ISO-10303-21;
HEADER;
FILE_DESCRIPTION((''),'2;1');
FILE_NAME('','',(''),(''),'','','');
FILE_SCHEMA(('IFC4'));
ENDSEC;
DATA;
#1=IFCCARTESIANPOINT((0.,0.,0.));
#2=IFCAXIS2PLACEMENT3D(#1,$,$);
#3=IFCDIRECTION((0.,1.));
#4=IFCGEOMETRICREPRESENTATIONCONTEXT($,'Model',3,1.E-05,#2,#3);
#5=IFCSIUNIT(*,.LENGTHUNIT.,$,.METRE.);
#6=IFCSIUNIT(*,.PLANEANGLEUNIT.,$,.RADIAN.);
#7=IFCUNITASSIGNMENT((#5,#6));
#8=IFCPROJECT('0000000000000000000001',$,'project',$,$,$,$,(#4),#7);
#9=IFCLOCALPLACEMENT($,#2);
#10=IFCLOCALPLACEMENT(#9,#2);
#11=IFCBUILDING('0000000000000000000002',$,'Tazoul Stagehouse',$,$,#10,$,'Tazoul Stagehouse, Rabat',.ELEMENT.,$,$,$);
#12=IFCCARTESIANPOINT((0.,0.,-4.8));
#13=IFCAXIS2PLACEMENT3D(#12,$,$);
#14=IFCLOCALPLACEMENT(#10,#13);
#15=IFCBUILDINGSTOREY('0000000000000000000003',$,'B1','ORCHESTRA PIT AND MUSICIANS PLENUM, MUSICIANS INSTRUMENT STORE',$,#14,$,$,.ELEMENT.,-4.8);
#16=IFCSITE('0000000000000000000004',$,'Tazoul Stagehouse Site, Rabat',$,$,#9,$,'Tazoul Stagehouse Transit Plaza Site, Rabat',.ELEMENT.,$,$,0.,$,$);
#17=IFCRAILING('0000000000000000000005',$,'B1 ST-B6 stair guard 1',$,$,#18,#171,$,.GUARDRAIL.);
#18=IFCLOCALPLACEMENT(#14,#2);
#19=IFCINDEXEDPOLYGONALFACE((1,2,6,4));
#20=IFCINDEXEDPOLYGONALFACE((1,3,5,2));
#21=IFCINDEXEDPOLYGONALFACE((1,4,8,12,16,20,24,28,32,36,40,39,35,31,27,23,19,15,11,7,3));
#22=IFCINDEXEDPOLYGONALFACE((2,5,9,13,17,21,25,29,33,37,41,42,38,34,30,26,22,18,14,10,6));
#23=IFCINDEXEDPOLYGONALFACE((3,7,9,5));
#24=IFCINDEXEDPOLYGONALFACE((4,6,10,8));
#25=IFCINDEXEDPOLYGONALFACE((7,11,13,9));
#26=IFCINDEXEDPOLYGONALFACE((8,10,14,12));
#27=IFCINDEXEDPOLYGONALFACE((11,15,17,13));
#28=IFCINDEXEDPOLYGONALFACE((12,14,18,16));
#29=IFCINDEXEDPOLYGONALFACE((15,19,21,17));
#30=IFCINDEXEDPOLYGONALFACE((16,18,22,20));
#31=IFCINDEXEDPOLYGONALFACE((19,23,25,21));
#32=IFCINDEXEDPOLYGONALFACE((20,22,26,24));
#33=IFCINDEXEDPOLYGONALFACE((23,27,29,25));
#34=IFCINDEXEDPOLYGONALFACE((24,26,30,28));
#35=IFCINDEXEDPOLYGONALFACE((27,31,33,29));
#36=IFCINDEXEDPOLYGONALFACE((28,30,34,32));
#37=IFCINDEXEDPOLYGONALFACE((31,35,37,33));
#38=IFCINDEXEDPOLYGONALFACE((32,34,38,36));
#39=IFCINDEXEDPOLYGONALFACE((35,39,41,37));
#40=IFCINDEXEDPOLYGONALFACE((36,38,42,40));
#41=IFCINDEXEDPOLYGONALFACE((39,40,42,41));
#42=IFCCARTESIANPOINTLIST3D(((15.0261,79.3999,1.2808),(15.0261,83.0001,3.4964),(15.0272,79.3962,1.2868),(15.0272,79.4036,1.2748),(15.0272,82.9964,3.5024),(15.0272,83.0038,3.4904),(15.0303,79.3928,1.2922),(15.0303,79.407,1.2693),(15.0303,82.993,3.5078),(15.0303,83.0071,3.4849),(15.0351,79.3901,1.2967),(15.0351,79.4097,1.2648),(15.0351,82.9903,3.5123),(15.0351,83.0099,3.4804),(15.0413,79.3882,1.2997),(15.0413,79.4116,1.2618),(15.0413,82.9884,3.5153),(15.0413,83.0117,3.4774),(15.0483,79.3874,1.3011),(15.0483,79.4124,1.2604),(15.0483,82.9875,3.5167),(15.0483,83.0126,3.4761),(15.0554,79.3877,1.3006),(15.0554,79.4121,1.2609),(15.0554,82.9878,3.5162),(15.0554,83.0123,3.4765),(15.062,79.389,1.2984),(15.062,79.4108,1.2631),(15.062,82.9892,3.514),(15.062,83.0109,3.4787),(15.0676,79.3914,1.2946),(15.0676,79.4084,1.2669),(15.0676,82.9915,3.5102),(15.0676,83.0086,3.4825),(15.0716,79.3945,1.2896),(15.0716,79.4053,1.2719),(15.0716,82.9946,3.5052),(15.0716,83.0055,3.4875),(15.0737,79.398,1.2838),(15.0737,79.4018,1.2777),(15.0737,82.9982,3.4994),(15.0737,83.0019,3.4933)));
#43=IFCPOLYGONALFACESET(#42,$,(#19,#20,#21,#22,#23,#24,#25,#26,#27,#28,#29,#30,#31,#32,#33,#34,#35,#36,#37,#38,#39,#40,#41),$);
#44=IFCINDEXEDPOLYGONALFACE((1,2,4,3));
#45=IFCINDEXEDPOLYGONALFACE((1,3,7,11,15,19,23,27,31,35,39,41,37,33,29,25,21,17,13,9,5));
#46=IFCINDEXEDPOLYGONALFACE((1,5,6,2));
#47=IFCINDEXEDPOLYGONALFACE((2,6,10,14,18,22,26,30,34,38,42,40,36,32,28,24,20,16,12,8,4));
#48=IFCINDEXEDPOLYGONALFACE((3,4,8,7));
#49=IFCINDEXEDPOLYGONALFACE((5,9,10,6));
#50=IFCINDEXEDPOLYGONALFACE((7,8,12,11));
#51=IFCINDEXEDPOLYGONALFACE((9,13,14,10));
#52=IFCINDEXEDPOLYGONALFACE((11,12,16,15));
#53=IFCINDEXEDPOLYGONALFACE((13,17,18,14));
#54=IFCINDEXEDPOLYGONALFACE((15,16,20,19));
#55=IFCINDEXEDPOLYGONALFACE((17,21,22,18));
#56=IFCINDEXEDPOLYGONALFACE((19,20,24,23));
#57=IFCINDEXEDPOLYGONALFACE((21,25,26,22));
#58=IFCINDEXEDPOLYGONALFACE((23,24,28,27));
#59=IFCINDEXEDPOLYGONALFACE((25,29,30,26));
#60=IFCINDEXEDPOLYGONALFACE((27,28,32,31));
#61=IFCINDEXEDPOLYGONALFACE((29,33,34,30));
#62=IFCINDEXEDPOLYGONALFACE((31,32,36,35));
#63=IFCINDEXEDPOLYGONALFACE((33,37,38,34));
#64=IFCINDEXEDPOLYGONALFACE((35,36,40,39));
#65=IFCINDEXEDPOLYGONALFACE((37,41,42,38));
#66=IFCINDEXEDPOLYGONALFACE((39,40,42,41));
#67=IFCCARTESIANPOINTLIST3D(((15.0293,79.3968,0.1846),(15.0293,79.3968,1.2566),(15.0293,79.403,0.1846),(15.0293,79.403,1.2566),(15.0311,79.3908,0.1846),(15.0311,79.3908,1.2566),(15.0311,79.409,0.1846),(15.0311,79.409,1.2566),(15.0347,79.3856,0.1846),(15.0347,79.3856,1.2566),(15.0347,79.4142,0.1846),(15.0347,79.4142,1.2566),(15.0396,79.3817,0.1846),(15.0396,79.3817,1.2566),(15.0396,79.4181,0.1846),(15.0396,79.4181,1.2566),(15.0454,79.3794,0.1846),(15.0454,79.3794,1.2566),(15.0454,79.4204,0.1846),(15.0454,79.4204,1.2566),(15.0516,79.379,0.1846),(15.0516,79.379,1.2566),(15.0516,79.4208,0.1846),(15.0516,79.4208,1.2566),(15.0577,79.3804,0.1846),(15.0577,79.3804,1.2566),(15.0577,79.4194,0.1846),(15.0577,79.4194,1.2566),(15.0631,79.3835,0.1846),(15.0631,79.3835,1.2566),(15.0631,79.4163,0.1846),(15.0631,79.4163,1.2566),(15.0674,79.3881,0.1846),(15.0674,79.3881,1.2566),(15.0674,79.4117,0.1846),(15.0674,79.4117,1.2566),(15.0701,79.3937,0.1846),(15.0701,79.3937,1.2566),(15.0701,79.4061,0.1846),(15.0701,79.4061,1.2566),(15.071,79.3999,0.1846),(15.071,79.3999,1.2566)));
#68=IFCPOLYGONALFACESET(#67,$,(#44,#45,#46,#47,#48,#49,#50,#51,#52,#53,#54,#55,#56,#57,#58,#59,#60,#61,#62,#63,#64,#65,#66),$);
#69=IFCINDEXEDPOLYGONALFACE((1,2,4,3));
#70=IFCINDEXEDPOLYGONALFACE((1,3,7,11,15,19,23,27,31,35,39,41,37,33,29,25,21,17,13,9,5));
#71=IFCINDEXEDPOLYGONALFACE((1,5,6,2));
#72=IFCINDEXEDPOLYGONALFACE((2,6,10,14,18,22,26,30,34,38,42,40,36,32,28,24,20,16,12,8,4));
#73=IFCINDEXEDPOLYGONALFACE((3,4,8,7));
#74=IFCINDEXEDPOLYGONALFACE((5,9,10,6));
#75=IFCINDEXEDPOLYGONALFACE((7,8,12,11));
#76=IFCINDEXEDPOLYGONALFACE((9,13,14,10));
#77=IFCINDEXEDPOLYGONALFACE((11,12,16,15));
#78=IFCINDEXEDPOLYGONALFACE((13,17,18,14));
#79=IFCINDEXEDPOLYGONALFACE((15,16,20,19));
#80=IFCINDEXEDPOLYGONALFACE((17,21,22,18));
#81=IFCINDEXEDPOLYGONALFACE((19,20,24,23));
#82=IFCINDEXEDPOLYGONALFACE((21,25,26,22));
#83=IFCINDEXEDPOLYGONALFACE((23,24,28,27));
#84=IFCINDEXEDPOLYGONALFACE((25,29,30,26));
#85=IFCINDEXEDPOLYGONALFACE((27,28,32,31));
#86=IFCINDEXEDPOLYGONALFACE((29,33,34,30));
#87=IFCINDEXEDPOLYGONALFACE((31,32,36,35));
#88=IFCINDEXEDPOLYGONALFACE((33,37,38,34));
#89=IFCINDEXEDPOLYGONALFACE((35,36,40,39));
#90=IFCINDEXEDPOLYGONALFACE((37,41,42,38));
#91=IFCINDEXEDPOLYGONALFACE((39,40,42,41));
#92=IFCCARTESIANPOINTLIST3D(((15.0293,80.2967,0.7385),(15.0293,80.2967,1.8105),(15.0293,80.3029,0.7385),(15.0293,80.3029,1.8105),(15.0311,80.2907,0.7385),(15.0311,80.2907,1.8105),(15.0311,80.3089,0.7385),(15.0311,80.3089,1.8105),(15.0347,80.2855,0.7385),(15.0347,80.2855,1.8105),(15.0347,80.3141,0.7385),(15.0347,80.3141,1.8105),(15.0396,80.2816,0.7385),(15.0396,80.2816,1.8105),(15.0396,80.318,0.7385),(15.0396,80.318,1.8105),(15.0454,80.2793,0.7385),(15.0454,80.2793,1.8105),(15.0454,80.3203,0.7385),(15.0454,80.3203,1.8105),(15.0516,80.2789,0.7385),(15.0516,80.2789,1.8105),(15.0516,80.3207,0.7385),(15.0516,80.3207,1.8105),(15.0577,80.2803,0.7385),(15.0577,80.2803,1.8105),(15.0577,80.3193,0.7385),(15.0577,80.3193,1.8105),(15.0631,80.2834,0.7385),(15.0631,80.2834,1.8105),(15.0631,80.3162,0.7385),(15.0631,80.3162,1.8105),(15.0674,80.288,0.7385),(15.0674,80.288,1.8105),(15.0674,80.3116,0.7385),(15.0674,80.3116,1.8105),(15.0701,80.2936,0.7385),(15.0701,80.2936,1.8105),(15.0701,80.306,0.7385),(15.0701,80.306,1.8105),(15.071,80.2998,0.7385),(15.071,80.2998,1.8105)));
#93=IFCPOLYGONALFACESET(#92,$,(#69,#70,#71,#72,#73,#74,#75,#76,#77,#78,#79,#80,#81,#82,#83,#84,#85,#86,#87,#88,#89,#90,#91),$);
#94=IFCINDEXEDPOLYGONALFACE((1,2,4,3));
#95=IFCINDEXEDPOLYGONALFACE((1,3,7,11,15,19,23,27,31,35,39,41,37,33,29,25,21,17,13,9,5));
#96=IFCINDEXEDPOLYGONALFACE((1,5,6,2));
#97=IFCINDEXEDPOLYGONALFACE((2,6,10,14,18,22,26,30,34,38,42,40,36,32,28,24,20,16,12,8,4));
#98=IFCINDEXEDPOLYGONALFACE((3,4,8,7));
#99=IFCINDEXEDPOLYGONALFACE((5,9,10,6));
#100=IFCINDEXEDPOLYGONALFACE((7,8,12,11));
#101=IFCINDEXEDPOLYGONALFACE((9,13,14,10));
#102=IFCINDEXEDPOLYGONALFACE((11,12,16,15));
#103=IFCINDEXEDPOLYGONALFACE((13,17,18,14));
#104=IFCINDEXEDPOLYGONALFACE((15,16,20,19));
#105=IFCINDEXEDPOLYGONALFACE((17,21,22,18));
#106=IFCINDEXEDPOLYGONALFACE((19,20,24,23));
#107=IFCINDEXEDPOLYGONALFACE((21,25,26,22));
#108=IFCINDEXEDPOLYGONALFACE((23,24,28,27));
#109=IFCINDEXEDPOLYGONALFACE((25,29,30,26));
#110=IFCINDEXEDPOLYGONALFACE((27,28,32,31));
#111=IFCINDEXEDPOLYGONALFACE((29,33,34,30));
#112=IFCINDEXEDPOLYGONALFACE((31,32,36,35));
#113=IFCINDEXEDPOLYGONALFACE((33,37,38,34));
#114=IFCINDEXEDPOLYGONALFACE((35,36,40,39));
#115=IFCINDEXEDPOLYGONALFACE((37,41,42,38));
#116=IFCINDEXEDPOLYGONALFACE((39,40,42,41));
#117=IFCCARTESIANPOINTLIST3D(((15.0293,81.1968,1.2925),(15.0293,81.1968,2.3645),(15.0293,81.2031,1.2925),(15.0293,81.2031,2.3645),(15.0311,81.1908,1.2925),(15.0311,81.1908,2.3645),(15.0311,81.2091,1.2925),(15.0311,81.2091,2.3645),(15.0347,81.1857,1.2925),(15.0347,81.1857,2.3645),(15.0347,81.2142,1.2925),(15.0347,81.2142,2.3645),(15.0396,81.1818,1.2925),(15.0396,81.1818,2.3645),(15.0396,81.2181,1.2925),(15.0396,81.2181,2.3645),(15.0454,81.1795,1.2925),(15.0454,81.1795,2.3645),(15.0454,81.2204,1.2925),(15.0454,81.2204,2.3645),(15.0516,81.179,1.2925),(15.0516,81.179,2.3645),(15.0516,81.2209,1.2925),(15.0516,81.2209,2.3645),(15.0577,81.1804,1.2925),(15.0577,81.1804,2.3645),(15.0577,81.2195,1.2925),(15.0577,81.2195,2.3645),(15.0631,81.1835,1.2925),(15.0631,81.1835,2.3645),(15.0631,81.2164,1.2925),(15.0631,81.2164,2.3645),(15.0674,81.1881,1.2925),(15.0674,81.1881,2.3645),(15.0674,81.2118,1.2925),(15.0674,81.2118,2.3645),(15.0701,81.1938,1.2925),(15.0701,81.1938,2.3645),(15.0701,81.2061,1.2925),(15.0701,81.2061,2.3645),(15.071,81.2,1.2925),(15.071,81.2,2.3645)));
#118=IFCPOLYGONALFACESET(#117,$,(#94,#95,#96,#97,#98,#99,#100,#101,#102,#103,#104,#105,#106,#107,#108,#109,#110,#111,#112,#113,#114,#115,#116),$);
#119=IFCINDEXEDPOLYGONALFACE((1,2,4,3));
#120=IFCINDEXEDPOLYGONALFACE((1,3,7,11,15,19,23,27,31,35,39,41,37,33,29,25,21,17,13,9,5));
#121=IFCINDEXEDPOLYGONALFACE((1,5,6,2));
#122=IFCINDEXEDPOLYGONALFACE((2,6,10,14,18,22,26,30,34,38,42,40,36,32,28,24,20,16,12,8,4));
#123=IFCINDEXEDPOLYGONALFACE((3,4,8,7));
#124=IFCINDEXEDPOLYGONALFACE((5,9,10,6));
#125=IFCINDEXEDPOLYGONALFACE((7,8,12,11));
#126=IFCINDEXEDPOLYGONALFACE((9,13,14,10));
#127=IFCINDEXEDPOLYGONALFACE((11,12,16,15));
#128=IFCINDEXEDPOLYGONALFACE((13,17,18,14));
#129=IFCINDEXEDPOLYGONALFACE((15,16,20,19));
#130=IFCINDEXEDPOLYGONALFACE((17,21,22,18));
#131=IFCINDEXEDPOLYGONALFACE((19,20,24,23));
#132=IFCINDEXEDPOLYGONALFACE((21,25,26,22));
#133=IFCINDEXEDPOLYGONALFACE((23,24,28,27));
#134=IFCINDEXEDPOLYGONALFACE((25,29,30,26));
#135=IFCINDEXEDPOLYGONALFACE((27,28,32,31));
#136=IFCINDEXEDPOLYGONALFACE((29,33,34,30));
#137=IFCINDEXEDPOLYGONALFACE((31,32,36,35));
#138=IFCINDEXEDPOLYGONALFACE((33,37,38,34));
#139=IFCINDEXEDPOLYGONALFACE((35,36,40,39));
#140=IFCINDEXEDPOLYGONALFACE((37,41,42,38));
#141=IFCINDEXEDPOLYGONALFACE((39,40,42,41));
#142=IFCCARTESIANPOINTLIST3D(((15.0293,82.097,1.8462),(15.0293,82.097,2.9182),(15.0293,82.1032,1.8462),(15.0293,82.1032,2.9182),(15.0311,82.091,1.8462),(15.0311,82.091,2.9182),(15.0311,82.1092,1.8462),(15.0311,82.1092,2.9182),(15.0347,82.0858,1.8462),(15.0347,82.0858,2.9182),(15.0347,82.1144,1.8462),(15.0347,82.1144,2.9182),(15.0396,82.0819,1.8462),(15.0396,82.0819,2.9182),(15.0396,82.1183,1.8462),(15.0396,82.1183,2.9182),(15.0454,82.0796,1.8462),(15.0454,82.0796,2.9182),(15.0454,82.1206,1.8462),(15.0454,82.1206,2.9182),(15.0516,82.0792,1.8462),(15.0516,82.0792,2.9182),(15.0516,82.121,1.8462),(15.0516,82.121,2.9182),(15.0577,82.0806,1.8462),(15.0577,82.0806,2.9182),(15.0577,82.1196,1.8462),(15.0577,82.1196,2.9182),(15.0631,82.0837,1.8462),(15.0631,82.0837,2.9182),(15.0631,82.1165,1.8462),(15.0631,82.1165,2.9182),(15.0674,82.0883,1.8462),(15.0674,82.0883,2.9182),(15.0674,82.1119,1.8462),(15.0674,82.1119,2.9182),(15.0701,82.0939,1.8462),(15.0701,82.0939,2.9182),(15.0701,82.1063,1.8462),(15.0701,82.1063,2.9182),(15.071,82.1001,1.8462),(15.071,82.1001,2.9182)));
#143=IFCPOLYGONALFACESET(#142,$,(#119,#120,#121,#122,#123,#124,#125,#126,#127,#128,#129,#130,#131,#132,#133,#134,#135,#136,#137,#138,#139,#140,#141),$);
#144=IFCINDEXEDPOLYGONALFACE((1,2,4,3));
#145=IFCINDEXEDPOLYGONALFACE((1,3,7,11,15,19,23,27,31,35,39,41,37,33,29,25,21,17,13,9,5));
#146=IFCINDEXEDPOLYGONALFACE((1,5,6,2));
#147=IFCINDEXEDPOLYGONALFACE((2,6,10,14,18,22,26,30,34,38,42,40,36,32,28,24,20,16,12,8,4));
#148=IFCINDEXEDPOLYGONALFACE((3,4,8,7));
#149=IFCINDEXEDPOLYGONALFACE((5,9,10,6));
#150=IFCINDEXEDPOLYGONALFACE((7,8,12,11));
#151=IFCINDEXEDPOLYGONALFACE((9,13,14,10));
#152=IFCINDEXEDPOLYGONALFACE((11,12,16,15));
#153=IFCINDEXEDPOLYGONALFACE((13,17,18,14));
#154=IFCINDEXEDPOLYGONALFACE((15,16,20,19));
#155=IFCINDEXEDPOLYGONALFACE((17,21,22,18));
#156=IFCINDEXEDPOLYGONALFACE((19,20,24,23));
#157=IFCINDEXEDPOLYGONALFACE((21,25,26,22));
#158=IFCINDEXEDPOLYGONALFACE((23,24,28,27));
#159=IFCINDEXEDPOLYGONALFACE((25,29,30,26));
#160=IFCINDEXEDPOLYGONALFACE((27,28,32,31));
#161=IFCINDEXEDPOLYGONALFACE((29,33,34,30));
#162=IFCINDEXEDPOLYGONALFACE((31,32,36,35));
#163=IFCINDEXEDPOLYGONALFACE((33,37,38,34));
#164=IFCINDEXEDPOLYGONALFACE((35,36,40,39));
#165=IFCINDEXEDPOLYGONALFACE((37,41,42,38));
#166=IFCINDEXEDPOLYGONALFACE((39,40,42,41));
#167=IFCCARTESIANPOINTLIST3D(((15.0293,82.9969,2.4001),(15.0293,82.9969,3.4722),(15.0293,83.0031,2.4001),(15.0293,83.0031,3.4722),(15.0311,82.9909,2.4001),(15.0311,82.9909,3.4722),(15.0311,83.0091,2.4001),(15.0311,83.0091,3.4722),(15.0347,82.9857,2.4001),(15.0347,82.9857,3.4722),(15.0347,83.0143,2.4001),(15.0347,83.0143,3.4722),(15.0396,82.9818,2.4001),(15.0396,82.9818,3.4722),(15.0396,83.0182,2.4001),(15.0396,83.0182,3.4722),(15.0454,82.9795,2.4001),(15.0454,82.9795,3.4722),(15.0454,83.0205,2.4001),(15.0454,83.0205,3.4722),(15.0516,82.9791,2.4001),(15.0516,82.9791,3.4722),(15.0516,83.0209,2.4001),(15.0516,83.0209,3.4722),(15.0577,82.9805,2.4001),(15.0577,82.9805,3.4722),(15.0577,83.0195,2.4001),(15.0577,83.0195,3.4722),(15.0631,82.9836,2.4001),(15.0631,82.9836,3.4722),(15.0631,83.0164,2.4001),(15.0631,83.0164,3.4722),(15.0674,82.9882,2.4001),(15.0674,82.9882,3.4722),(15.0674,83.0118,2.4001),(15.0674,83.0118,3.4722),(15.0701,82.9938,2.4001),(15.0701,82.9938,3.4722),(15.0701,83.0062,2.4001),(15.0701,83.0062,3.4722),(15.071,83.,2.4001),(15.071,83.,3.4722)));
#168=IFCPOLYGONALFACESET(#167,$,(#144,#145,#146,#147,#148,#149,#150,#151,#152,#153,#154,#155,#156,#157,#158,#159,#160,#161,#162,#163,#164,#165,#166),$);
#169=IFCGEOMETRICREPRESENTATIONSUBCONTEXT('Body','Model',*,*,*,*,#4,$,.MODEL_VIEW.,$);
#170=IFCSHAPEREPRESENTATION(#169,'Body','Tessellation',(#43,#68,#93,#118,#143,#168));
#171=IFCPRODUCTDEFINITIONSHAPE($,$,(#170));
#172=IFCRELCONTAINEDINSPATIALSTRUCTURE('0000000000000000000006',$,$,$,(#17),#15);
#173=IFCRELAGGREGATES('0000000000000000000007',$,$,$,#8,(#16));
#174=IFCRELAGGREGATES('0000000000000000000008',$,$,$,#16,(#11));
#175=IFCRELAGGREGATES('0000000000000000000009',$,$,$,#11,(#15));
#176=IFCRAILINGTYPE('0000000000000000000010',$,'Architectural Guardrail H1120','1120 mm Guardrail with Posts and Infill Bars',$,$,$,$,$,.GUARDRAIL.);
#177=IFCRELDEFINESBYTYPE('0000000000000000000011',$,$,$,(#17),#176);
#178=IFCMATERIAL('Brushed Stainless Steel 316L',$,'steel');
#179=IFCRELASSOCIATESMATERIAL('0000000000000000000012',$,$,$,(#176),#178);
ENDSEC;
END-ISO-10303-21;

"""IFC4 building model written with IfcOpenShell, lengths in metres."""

from ifc_helpers import new_model, si_unit, direction, frame, origin, origin_2d, place, context, subcontext, project, spatial, circle, extrude, material, material_profile, profile_set, type_object, element, save


model = new_model("IFC4")

# Units and contexts
model_context = context("Model", 3, precision=1e-05, world=origin(), true_north=direction((0.0, 1.0)))
body_context = subcontext(model_context, "Body", "Model", "MODEL_VIEW")
ifc_project = project(units=[si_unit("LENGTHUNIT", "METRE"), si_unit("PLANEANGLEUNIT", "RADIAN")], contexts=[model_context])

# Site, building, storey
site_placement = place(None, origin())
site = spatial("IfcSite", under=ifc_project, at=site_placement, Name="Tazoul Stagehouse Site, Rabat", LongName="Tazoul Stagehouse Transit Plaza Site, Rabat", CompositionType="ELEMENT", RefElevation=0.0)
building_placement = place(site_placement, origin())
building = spatial("IfcBuilding", under=site, at=building_placement, Name="Tazoul Stagehouse", LongName="Tazoul Stagehouse, Rabat", CompositionType="ELEMENT")
storey_placement = place(building_placement, frame((0.0, 0.0, -4.8)))
storey = spatial("IfcBuildingStorey", under=building, at=storey_placement, Name="B1", Description="ORCHESTRA PIT AND MUSICIANS PLENUM, MUSICIANS INSTRUMENT STORE", CompositionType="ELEMENT", Elevation=-4.8)

# Railing
ifc_material_1 = material(Name="Brushed Stainless Steel 316L", Category="steel")
ifc_material_profile_1 = material_profile(ifc_material_1, circle(Radius=0.0239, at=origin_2d()), Name="SS RAIL D48")
ifc_profile_set_1 = profile_set([ifc_material_profile_1], Name="Brushed Stainless Steel 316L")
railing_type_1 = type_object("IfcRailingType", Name="Architectural Guardrail H1120", Description="1120 mm Guardrail with Posts and Infill Bars", PredefinedType="GUARDRAIL", material=ifc_profile_set_1)
railing_1_placement = place(storey_placement, frame((15.05, 79.3999, 0.1846)))
element("IfcRailing", 1, at=railing_1_placement, inside=storey, type_object=railing_type_1, Name="B1 ST-B6 stair guard 1", PredefinedType="GUARDRAIL", context=body_context, shape_type="SweptSolid", body=[
    extrude(circle(Radius=0.0239, at=origin_2d()), frame((0.0, 0.0, 1.0962), z_axis=(0.0, 0.851644, 0.52412), x_axis=(-1.0, 0.0, 0.0)), (0.0, 0.0, 1.0), 4.2273),
    extrude(circle(Radius=0.021, at=origin_2d()), origin(), (0.0, 0.0, 1.0), 1.072),
    extrude(circle(Radius=0.021, at=origin_2d()), frame((0.0, 0.8999, 0.554)), (0.0, 0.0, 1.0), 1.072),
    extrude(circle(Radius=0.021, at=origin_2d()), frame((0.0, 1.8, 1.1079)), (0.0, 0.0, 1.0), 1.072),
    extrude(circle(Radius=0.021, at=origin_2d()), frame((0.0, 2.7002, 1.6616)), (0.0, 0.0, 1.0), 1.072),
    extrude(circle(Radius=0.021, at=origin_2d()), frame((0.0, 3.6001, 2.2156)), (0.0, 0.0, 1.0), 1.072),
])

save(model, "model.ifc")
